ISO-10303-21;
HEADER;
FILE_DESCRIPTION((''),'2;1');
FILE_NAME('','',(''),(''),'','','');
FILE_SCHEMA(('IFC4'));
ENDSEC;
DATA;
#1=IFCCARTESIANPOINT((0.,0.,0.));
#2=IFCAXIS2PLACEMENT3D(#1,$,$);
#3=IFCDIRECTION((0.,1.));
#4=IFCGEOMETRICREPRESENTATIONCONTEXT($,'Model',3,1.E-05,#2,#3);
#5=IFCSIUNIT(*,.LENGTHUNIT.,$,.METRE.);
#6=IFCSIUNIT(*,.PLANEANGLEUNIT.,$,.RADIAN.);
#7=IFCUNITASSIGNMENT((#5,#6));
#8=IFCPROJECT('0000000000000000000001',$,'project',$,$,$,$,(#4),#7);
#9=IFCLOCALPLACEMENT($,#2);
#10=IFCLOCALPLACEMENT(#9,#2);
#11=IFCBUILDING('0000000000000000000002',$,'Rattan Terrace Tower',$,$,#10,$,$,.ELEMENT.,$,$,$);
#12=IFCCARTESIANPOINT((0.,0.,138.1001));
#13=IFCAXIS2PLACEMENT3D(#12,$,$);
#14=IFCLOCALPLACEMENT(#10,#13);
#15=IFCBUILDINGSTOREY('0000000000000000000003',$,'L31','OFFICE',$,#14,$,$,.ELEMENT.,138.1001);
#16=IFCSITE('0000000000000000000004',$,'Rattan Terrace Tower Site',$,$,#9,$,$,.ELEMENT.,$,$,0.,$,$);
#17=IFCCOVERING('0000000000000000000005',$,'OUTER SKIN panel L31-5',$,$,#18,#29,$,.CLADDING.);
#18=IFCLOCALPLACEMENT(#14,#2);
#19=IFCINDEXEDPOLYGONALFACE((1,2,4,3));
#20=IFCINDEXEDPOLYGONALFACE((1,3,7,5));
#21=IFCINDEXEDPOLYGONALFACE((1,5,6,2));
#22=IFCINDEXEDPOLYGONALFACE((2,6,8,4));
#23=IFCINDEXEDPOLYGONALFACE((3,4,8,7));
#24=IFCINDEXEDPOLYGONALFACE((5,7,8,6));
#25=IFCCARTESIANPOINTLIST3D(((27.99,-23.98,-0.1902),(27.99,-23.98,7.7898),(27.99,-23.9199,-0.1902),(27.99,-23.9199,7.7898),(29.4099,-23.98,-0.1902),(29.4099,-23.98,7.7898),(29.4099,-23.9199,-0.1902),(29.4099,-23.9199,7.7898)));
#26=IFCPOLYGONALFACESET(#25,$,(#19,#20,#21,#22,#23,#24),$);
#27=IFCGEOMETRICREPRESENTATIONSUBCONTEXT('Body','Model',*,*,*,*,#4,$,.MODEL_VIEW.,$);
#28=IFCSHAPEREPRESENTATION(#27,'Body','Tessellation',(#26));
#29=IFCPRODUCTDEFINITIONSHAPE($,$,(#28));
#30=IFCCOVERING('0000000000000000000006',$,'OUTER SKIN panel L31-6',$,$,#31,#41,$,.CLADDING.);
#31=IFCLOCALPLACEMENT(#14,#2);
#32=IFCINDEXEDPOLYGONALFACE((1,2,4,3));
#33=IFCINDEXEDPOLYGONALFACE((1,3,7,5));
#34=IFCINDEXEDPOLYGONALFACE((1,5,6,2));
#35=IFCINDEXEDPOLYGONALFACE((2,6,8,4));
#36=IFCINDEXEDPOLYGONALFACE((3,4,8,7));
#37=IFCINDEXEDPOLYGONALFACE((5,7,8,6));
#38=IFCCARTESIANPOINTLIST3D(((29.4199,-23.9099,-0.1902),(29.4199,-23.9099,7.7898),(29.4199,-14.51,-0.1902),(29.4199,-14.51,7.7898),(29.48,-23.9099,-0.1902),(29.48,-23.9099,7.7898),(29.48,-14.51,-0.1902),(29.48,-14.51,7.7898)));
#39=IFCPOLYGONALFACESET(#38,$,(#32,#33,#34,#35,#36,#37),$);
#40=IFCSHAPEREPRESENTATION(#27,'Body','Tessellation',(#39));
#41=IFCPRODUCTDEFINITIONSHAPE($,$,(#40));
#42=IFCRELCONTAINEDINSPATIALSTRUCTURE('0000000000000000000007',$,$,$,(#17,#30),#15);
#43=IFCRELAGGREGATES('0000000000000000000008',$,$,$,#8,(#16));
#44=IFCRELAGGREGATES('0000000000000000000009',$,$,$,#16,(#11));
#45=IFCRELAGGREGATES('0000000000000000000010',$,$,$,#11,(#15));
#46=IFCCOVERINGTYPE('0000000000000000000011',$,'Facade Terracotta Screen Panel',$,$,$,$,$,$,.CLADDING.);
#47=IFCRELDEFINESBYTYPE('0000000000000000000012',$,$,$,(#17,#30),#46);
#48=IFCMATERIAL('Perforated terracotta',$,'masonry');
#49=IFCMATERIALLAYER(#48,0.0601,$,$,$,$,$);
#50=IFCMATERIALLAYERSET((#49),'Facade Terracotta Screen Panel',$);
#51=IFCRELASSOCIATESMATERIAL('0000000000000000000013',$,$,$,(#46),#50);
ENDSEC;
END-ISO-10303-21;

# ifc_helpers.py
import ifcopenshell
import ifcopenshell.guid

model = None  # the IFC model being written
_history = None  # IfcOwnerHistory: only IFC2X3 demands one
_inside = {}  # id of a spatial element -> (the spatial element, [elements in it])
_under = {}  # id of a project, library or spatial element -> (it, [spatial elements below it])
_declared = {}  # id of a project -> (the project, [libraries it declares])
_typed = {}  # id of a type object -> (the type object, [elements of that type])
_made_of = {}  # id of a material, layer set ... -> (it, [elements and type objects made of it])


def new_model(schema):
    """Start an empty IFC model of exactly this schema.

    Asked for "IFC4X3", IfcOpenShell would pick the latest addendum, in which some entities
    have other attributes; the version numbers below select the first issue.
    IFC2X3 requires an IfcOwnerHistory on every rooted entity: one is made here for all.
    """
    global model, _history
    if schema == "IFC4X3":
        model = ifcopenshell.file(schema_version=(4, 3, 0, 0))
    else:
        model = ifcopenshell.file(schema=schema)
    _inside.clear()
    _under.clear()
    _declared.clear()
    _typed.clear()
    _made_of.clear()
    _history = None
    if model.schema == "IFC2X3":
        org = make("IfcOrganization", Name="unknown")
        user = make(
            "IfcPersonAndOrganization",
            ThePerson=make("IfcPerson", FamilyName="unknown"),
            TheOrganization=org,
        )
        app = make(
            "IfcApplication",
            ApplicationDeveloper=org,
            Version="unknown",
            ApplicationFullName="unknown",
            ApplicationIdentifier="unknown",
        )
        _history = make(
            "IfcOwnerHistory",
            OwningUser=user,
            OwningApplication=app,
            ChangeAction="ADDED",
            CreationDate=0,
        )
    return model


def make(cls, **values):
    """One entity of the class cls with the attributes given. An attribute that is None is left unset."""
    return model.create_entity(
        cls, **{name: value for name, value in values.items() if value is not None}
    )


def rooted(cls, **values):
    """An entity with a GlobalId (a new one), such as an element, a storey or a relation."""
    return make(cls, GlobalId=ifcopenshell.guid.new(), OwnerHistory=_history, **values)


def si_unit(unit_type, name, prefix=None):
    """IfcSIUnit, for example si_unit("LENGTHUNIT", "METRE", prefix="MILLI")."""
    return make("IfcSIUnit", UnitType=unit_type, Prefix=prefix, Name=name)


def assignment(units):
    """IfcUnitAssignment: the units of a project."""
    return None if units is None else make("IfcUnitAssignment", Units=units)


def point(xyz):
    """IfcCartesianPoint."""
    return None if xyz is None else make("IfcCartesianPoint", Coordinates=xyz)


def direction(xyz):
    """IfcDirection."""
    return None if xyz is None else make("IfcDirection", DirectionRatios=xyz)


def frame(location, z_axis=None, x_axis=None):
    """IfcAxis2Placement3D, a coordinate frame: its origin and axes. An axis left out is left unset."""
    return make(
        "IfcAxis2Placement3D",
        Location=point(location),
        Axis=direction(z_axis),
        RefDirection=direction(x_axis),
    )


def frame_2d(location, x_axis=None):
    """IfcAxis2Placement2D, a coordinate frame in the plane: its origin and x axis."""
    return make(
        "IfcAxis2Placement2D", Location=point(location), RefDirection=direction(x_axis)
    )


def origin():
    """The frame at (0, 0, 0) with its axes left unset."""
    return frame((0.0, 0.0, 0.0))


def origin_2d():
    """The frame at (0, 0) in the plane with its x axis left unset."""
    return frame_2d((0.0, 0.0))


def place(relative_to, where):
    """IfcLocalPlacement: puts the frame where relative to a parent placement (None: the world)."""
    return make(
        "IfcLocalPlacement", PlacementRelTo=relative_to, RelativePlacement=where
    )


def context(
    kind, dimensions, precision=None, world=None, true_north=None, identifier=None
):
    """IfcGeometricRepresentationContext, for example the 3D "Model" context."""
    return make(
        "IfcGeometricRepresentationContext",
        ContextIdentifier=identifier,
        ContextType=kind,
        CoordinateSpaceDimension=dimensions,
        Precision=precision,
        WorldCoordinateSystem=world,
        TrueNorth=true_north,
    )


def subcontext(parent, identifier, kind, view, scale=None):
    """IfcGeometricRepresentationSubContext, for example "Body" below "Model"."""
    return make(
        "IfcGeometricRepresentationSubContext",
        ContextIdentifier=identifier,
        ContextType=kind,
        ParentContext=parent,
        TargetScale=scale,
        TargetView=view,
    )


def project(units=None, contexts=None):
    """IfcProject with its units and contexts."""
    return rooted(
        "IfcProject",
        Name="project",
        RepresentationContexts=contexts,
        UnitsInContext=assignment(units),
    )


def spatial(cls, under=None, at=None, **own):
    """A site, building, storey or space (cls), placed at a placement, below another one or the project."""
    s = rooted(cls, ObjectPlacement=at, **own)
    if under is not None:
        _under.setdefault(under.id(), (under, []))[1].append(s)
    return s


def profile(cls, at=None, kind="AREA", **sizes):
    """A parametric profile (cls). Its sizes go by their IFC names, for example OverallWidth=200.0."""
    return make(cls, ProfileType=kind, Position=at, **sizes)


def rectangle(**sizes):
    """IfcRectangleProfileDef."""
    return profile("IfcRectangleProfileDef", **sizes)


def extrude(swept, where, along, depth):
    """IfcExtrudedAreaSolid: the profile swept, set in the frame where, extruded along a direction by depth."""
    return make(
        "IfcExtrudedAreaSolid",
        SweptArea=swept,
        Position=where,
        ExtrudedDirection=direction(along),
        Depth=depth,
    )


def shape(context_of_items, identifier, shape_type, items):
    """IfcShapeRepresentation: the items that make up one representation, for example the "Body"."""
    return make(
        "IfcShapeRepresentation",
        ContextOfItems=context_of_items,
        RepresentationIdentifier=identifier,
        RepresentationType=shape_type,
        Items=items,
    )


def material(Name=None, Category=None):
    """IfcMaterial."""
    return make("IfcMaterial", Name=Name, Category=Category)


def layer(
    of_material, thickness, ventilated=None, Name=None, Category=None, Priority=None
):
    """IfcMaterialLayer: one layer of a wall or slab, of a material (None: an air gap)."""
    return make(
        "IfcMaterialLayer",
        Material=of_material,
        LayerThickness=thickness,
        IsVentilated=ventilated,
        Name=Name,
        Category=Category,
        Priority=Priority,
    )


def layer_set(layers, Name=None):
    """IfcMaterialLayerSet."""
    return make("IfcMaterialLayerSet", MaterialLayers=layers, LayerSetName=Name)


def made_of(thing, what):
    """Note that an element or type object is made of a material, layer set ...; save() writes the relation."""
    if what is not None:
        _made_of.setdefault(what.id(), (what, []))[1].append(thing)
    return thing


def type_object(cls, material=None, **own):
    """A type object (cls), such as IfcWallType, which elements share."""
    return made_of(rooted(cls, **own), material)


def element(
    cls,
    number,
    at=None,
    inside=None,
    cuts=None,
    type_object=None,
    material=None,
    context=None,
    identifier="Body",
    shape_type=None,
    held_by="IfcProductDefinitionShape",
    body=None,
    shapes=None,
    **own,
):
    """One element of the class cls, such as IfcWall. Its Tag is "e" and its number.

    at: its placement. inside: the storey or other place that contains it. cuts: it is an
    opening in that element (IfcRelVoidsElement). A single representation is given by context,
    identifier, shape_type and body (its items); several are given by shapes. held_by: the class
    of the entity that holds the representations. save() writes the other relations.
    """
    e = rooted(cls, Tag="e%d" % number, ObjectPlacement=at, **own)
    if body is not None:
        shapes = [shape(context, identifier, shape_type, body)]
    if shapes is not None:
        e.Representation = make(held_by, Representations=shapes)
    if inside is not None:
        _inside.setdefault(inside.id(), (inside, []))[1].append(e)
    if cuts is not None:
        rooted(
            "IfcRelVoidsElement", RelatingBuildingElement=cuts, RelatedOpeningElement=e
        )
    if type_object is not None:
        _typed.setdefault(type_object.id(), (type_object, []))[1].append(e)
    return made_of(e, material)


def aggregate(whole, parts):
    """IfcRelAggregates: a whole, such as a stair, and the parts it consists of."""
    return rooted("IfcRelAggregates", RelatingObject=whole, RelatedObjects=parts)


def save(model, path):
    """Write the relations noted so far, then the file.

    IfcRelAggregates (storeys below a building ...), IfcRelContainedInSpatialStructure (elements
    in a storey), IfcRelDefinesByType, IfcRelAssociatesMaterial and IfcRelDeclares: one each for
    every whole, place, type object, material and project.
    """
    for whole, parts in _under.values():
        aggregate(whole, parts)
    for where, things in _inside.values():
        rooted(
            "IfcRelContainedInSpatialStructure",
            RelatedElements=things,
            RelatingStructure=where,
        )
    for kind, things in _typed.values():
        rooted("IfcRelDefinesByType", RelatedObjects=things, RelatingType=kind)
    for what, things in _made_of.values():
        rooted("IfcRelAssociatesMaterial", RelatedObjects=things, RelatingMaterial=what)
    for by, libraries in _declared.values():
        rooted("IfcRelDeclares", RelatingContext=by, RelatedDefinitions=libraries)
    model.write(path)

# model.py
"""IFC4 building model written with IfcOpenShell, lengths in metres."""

from ifc_helpers import new_model, si_unit, direction, frame, origin, origin_2d, place, context, subcontext, project, spatial, rectangle, extrude, material, layer, layer_set, type_object, element, save


model = new_model("IFC4")

# Units and contexts
model_context = context("Model", 3, precision=1e-05, world=origin(), true_north=direction((0.0, 1.0)))
body_context = subcontext(model_context, "Body", "Model", "MODEL_VIEW")
ifc_project = project(units=[si_unit("LENGTHUNIT", "METRE"), si_unit("PLANEANGLEUNIT", "RADIAN")], contexts=[model_context])

# Site, building, storey
site_placement = place(None, origin())
site = spatial("IfcSite", under=ifc_project, at=site_placement, Name="Rattan Terrace Tower Site", CompositionType="ELEMENT", RefElevation=0.0)
building_placement = place(site_placement, origin())
building = spatial("IfcBuilding", under=site, at=building_placement, Name="Rattan Terrace Tower", CompositionType="ELEMENT")
storey_placement = place(building_placement, frame((0.0, 0.0, 138.1001)))
storey = spatial("IfcBuildingStorey", under=building, at=storey_placement, Name="L31", Description="OFFICE", CompositionType="ELEMENT", Elevation=138.1001)

# Coverings
ifc_material_1 = material(Name="Perforated terracotta", Category="masonry")
ifc_layer_1 = layer(ifc_material_1, 0.0601)
ifc_layer_set_1 = layer_set([ifc_layer_1], Name="Facade Terracotta Screen Panel")
covering_type = type_object("IfcCoveringType", Name="Facade Terracotta Screen Panel", PredefinedType="CLADDING", material=ifc_layer_set_1)
covering_1_placement = place(storey_placement, frame((28.7, -23.95, -0.1902), z_axis=(0.0, 0.0, 1.0), x_axis=(1.0, 0.0, 0.0)))
element("IfcCovering", 1, at=covering_1_placement, inside=storey, type_object=covering_type, Name="OUTER SKIN panel L31-5", PredefinedType="CLADDING", context=body_context, shape_type="SweptSolid", body=[
    extrude(rectangle(XDim=1.4199, YDim=0.0601, at=origin_2d()), origin(), (0.0, 0.0, 1.0), 7.98),
])
covering_2_placement = place(storey_placement, frame((29.45, -19.21, -0.1902), z_axis=(0.0, 0.0, 1.0), x_axis=(0.0, 1.0, 0.0)))
element("IfcCovering", 2, at=covering_2_placement, inside=storey, type_object=covering_type, Name="OUTER SKIN panel L31-6", PredefinedType="CLADDING", context=body_context, shape_type="SweptSolid", body=[
    extrude(rectangle(XDim=9.3999, YDim=0.0601, at=origin_2d()), origin(), (0.0, 0.0, 1.0), 7.98),
])

save(model, "model.ifc")
